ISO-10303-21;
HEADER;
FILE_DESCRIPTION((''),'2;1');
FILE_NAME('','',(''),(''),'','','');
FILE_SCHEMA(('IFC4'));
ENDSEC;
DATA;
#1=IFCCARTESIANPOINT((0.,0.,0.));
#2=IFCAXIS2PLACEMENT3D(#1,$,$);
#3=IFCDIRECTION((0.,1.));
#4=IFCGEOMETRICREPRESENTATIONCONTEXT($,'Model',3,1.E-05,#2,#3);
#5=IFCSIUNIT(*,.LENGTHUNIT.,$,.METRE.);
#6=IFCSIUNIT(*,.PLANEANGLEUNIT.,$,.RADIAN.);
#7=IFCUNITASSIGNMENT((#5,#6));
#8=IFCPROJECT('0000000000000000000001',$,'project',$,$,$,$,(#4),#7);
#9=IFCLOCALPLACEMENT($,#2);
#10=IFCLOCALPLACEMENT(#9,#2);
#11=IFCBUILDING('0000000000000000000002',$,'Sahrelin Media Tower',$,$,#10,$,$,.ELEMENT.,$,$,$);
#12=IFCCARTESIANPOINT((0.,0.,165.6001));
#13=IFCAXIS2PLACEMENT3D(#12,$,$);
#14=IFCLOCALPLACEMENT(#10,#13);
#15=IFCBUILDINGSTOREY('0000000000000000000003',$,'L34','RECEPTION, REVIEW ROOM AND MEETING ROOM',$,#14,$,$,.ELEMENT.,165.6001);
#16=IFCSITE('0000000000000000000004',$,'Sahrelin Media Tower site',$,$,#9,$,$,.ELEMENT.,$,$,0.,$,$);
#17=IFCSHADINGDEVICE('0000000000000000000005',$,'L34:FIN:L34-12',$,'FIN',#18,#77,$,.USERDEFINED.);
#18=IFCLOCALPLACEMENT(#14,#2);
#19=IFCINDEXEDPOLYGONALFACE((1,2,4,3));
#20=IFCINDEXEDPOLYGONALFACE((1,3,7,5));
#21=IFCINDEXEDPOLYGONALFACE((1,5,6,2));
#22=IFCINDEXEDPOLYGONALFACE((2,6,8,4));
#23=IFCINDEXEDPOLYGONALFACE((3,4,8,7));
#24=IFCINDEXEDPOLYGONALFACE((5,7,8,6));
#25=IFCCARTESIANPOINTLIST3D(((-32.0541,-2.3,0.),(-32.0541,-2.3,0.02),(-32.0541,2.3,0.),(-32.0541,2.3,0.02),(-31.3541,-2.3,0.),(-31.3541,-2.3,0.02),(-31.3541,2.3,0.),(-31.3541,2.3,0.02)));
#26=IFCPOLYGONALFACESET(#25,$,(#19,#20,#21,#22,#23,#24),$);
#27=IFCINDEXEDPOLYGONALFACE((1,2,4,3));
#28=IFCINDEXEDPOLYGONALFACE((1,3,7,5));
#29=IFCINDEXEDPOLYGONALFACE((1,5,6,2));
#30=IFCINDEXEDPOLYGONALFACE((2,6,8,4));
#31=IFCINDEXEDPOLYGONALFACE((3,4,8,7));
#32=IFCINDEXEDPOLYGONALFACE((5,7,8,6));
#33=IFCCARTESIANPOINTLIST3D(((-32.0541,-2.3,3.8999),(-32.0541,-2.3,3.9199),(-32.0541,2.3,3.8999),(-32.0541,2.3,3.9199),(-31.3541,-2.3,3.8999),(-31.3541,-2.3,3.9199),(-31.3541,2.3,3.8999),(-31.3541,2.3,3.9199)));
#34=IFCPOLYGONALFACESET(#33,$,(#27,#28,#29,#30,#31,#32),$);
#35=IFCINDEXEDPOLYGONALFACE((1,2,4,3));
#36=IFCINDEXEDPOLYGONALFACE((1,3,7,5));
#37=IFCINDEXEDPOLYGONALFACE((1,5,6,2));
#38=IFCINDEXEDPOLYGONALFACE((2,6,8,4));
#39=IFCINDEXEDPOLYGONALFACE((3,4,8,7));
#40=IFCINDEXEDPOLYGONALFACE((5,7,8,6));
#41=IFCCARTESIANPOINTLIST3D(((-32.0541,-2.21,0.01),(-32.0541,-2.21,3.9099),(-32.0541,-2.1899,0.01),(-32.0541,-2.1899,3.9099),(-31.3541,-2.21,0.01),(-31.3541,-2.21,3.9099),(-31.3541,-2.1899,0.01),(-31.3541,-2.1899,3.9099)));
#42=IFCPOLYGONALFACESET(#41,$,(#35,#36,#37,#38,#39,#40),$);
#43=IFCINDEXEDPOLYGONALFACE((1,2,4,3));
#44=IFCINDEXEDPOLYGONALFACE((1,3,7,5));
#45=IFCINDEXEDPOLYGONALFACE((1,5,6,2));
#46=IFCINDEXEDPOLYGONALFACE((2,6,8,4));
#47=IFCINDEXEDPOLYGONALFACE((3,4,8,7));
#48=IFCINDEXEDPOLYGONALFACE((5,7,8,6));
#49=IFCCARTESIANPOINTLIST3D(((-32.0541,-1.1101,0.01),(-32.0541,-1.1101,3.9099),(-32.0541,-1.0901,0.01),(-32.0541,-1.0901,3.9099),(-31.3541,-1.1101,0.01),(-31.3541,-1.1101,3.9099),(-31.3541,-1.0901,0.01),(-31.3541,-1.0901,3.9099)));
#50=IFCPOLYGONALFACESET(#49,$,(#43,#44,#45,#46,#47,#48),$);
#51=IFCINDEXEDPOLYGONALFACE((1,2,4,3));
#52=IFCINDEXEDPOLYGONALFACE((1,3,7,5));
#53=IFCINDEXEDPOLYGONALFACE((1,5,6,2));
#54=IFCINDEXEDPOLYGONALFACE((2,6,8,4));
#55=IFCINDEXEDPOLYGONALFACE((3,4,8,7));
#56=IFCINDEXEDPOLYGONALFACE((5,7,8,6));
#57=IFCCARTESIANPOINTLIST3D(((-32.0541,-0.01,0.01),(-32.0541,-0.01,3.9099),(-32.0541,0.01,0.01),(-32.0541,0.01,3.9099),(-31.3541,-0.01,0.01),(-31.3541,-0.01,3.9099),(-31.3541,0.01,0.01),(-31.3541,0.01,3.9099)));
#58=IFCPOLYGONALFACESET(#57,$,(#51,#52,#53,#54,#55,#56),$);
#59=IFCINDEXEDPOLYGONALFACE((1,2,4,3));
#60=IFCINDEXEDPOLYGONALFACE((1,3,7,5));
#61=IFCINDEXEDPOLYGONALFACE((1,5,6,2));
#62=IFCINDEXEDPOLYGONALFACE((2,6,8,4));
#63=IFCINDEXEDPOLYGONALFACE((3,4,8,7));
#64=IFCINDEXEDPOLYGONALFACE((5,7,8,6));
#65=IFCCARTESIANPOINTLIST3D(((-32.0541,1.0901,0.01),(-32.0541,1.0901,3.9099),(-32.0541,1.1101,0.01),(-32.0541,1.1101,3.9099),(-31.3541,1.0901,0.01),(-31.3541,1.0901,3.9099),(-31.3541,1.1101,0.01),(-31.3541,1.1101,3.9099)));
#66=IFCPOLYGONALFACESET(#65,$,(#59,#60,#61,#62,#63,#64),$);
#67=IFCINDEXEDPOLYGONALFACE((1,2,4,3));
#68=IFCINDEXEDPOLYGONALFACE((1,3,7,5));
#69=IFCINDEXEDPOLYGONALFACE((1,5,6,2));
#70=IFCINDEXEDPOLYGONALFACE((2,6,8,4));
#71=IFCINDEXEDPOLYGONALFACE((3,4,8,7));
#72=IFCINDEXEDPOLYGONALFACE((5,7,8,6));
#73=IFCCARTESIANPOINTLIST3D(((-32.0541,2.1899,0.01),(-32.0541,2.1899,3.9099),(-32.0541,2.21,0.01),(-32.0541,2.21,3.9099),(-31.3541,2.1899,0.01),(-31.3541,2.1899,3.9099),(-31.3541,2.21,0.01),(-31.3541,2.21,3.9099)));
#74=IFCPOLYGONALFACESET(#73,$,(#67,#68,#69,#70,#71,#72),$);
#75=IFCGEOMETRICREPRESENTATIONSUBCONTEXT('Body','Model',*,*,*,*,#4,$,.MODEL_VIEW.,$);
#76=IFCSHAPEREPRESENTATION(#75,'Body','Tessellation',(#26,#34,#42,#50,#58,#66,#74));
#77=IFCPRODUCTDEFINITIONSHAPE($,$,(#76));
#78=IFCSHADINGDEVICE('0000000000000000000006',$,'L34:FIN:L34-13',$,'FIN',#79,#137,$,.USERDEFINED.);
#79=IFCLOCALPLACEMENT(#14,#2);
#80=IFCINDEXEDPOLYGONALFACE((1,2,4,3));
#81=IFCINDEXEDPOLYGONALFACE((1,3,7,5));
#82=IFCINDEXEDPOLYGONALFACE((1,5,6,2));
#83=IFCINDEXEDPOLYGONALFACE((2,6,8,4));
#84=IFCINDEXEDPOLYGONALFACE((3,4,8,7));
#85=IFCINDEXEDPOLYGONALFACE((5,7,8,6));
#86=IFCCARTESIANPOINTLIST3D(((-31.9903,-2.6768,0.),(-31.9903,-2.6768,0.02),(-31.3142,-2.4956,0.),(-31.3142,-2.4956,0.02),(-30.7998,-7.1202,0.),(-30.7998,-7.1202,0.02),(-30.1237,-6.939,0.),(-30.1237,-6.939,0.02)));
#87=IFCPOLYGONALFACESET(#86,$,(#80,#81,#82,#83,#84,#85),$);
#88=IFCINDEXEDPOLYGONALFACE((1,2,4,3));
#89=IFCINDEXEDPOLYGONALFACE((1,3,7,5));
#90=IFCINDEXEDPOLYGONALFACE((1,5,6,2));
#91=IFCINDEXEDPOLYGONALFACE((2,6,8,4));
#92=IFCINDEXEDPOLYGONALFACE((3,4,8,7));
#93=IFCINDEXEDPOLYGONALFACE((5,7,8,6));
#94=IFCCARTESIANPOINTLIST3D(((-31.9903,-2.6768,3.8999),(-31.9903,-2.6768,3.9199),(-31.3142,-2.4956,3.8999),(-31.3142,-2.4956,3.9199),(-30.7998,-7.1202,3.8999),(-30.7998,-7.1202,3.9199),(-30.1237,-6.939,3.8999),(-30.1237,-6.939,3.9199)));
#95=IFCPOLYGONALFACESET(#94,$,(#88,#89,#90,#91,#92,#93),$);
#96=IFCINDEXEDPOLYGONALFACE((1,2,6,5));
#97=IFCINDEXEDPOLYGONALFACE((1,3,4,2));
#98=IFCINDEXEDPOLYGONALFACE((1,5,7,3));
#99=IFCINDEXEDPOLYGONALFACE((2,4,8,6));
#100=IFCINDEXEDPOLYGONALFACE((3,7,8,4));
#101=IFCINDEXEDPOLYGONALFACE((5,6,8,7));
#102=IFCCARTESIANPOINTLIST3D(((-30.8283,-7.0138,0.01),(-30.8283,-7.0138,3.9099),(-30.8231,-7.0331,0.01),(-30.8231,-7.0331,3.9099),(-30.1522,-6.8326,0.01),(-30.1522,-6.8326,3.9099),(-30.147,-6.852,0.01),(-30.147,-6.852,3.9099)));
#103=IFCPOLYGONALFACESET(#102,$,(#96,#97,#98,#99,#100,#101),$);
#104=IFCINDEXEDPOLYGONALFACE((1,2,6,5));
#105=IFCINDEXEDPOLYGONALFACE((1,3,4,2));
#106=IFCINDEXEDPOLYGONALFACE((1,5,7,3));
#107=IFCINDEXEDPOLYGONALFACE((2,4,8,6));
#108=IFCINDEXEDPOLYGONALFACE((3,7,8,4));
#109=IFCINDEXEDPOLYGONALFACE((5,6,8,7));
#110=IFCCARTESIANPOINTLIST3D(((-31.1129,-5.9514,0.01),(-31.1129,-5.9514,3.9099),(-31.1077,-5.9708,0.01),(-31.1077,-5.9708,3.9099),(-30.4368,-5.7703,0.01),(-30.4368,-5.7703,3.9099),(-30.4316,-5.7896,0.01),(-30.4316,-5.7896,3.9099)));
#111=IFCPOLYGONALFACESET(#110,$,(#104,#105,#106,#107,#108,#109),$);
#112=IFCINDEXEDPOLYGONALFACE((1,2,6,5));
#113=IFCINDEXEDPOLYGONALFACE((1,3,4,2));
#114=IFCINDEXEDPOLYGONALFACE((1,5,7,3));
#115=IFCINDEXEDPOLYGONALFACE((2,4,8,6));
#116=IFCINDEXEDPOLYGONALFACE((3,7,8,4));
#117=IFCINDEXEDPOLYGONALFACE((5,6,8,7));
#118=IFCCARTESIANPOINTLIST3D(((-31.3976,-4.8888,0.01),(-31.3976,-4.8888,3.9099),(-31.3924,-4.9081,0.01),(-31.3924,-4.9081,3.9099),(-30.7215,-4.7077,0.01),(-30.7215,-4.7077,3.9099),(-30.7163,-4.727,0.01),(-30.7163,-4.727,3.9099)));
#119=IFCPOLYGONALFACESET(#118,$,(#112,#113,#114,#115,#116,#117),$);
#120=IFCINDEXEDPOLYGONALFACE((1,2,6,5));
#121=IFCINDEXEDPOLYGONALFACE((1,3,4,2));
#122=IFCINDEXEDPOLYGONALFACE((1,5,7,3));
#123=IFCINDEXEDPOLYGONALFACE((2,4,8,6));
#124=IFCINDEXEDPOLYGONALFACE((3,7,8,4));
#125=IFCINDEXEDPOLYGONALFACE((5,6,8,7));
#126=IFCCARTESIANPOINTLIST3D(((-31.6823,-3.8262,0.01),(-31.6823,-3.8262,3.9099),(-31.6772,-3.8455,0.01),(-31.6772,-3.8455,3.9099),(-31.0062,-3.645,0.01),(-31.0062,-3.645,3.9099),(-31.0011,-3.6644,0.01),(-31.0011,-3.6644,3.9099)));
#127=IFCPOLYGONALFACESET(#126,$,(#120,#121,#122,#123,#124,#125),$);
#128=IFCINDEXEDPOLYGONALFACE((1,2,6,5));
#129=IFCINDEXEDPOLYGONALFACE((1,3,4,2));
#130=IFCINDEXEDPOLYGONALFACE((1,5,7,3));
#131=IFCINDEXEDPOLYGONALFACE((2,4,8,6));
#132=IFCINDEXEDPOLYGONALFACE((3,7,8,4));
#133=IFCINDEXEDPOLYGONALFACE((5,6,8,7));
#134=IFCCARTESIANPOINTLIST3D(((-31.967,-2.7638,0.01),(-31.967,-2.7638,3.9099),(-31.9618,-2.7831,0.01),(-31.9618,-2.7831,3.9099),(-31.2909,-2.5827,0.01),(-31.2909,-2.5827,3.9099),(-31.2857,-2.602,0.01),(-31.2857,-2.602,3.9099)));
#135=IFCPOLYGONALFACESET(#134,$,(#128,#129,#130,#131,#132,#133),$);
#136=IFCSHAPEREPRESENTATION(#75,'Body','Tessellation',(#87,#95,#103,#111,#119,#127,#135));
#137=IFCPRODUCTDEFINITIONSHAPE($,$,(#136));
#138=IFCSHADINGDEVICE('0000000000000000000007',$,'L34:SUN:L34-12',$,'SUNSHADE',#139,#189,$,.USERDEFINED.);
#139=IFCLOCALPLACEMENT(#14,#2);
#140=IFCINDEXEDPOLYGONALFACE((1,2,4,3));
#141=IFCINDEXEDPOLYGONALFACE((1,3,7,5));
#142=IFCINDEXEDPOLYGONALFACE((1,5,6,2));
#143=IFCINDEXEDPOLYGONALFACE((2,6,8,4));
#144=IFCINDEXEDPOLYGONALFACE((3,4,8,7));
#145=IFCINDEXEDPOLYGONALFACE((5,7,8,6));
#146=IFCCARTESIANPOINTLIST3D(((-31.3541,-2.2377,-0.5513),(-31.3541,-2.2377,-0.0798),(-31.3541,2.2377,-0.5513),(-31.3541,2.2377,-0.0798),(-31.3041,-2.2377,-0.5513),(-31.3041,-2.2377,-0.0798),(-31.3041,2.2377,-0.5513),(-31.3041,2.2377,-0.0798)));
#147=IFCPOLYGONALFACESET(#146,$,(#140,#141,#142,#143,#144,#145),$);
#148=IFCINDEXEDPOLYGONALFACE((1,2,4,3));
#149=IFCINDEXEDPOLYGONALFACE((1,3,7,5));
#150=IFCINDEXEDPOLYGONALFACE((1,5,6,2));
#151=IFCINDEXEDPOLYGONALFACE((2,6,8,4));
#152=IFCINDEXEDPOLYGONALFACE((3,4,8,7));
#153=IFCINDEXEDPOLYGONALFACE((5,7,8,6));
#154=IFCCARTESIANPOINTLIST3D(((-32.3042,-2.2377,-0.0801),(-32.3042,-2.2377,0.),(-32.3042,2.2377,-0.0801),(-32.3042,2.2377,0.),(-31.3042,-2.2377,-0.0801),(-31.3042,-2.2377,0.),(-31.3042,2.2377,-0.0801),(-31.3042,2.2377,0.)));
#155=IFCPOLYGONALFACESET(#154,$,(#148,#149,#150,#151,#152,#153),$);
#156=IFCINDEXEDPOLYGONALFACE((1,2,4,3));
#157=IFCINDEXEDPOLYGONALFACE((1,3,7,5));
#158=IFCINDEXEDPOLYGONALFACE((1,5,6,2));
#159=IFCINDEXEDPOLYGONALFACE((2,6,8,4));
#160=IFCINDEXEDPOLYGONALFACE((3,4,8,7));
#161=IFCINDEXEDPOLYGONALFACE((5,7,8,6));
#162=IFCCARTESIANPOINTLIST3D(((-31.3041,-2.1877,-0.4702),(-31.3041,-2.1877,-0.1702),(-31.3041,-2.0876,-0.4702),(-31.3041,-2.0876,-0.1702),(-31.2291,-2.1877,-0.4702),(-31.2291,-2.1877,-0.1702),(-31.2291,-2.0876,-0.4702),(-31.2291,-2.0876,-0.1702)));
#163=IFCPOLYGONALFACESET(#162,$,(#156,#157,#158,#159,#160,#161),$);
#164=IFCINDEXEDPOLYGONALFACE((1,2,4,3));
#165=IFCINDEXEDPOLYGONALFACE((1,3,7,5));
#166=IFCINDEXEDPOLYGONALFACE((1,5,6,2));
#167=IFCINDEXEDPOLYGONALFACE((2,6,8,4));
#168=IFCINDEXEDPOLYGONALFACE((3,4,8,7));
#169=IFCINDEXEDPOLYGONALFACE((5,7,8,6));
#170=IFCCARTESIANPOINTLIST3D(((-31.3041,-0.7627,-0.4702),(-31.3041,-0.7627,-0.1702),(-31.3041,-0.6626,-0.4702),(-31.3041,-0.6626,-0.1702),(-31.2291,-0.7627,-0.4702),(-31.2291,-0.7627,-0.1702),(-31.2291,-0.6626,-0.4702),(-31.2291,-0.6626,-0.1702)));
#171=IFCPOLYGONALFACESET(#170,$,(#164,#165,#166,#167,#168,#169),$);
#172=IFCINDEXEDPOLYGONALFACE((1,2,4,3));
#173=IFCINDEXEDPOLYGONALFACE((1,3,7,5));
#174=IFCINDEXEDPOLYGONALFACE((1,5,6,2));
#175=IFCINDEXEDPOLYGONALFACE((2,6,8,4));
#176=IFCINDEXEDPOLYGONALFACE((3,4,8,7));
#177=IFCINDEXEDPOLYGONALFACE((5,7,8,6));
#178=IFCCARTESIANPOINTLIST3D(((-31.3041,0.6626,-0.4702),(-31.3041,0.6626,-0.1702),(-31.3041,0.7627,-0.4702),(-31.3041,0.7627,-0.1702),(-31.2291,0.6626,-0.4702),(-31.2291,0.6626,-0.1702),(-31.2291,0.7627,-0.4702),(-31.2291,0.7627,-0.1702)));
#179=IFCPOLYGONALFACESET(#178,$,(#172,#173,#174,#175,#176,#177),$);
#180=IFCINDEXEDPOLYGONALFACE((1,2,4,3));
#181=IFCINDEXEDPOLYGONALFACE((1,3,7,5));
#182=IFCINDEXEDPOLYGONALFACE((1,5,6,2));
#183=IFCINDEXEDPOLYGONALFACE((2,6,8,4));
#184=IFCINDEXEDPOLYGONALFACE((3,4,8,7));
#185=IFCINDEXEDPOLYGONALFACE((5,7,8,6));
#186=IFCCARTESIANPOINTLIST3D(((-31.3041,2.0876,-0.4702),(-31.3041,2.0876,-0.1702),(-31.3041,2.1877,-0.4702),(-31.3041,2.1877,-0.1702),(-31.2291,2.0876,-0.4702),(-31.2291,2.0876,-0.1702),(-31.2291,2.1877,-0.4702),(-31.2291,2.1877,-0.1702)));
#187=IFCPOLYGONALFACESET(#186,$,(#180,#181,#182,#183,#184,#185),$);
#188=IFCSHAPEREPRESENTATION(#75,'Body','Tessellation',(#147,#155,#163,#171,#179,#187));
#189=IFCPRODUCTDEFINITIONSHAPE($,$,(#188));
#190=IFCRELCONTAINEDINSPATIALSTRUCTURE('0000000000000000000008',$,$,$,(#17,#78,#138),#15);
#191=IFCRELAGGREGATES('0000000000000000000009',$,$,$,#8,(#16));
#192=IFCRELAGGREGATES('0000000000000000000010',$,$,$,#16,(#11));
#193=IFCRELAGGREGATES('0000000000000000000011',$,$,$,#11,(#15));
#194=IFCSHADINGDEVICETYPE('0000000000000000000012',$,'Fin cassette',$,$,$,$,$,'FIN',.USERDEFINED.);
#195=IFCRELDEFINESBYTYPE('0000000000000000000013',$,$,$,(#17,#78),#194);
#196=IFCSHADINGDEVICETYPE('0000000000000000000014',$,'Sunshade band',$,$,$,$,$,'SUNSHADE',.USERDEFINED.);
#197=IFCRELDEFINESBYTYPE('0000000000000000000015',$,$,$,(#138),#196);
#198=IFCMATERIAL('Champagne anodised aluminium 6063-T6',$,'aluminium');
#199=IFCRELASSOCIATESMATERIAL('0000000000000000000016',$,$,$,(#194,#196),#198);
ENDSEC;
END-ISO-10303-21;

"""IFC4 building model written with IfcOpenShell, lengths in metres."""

from ifc_helpers import new_model, si_unit, direction, frame, origin, origin_2d, place, context, subcontext, project, spatial, rectangle, extrude, material, type_object, element, save


model = new_model("IFC4")

# Units and contexts
model_context = context("Model", 3, precision=1e-05, world=origin(), true_north=direction((0.0, 1.0)))
body_context = subcontext(model_context, "Body", "Model", "MODEL_VIEW")
ifc_project = project(units=[si_unit("LENGTHUNIT", "METRE"), si_unit("PLANEANGLEUNIT", "RADIAN")], contexts=[model_context])

# Site, building, storey
site_placement = place(None, origin())
site = spatial("IfcSite", under=ifc_project, at=site_placement, Name="Sahrelin Media Tower site", CompositionType="ELEMENT", RefElevation=0.0)
building_placement = place(site_placement, origin())
building = spatial("IfcBuilding", under=site, at=building_placement, Name="Sahrelin Media Tower", CompositionType="ELEMENT")
storey_placement = place(building_placement, frame((0.0, 0.0, 165.6001)))
storey = spatial("IfcBuildingStorey", under=building, at=storey_placement, Name="L34", Description="RECEPTION, REVIEW ROOM AND MEETING ROOM", CompositionType="ELEMENT", Elevation=165.6001)

# Shared definitions
ifc_material_1 = material(Name="Champagne anodised aluminium 6063-T6", Category="aluminium")

# Shading devices
shading_device_type_1 = type_object("IfcShadingDeviceType", Name="Fin cassette", ElementType="FIN", PredefinedType="USERDEFINED", material=ifc_material_1)
placement_1 = place(storey_placement, frame((-31.2842, 0.0, 0.0), z_axis=(0.0, 0.0, 1.0), x_axis=(0.0, 1.0, 0.0)))
element("IfcShadingDevice", 1, at=placement_1, inside=storey, type_object=shading_device_type_1, Name="L34:FIN:L34-12", ObjectType="FIN", PredefinedType="USERDEFINED", context=body_context, shape_type="SweptSolid", body=[
    extrude(rectangle(XDim=4.6001, YDim=0.7, at=origin_2d()), frame((0.0, 0.4199, 0.0)), (0.0, 0.0, 1.0), 0.02),
    extrude(rectangle(XDim=4.6001, YDim=0.7, at=origin_2d()), frame((0.0, 0.4199, 3.8999)), (0.0, 0.0, 1.0), 0.02),
    extrude(rectangle(XDim=0.02, YDim=0.7, at=origin_2d()), frame((-2.2, 0.4199, 0.01), z_axis=(0.0, 0.0, 1.0), x_axis=(1.0, 0.0, 0.0)), (0.0, 0.0, 1.0), 3.8999),
    extrude(rectangle(XDim=0.02, YDim=0.7, at=origin_2d()), frame((-1.1001, 0.4199, 0.01), z_axis=(0.0, 0.0, 1.0), x_axis=(1.0, 0.0, 0.0)), (0.0, 0.0, 1.0), 3.8999),
    extrude(rectangle(XDim=0.02, YDim=0.7, at=origin_2d()), frame((0.0, 0.4199, 0.01), z_axis=(0.0, 0.0, 1.0), x_axis=(1.0, 0.0, 0.0)), (0.0, 0.0, 1.0), 3.8999),
    extrude(rectangle(XDim=0.02, YDim=0.7, at=origin_2d()), frame((1.1001, 0.4199, 0.01), z_axis=(0.0, 0.0, 1.0), x_axis=(1.0, 0.0, 0.0)), (0.0, 0.0, 1.0), 3.8999),
    extrude(rectangle(XDim=0.02, YDim=0.7, at=origin_2d()), frame((2.2, 0.4199, 0.01), z_axis=(0.0, 0.0, 1.0), x_axis=(1.0, 0.0, 0.0)), (0.0, 0.0, 1.0), 3.8999),
])
placement_2 = place(storey_placement, frame((-30.6514, -4.6992, 0.0), z_axis=(0.0, 0.0, 1.0), x_axis=(-0.258808, 0.965929, 0.0)))
element("IfcShadingDevice", 2, at=placement_2, inside=storey, type_object=shading_device_type_1, Name="L34:FIN:L34-13", ObjectType="FIN", PredefinedType="USERDEFINED", context=body_context, shape_type="SweptSolid", body=[
    extrude(rectangle(XDim=4.6001, YDim=0.7, at=origin_2d()), frame((0.0, 0.4199, 0.0)), (0.0, 0.0, 1.0), 0.02),
    extrude(rectangle(XDim=4.6001, YDim=0.7, at=origin_2d()), frame((0.0, 0.4199, 3.8999)), (0.0, 0.0, 1.0), 0.02),
    extrude(rectangle(XDim=0.02, YDim=0.7, at=origin_2d()), frame((-2.2, 0.4199, 0.01), z_axis=(0.0, 0.0, 1.0), x_axis=(1.0, 0.0, 0.0)), (0.0, 0.0, 1.0), 3.8999),
    extrude(rectangle(XDim=0.02, YDim=0.7, at=origin_2d()), frame((-1.1001, 0.4199, 0.01), z_axis=(0.0, 0.0, 1.0), x_axis=(1.0, 0.0, 0.0)), (0.0, 0.0, 1.0), 3.8999),
    extrude(rectangle(XDim=0.02, YDim=0.7, at=origin_2d()), frame((0.0, 0.4199, 0.01), z_axis=(0.0, 0.0, 1.0), x_axis=(1.0, 0.0, 0.0)), (0.0, 0.0, 1.0), 3.8999),
    extrude(rectangle(XDim=0.02, YDim=0.7, at=origin_2d()), frame((1.1001, 0.4199, 0.01), z_axis=(0.0, 0.0, 1.0), x_axis=(1.0, 0.0, 0.0)), (0.0, 0.0, 1.0), 3.8999),
    extrude(rectangle(XDim=0.02, YDim=0.7, at=origin_2d()), frame((2.2, 0.4199, 0.01), z_axis=(0.0, 0.0, 1.0), x_axis=(1.0, 0.0, 0.0)), (0.0, 0.0, 1.0), 3.8999),
])
shading_device_type_2 = type_object("IfcShadingDeviceType", Name="Sunshade band", ElementType="SUNSHADE", PredefinedType="USERDEFINED", material=ifc_material_1)
element("IfcShadingDevice", 3, at=placement_1, inside=storey, type_object=shading_device_type_2, Name="L34:SUN:L34-12", ObjectType="SUNSHADE", PredefinedType="USERDEFINED", context=body_context, shape_type="SweptSolid", body=[
    extrude(rectangle(XDim=4.4753, YDim=0.05, at=origin_2d()), frame((0.0, 0.0449, -0.5513)), (0.0, 0.0, 1.0), 0.4714),
    extrude(rectangle(XDim=4.4753, YDim=1.0, at=origin_2d()), frame((0.0, 0.52, -0.0801)), (0.0, 0.0, 1.0), 0.0801),
    extrude(rectangle(XDim=0.1001, YDim=0.075, at=origin_2d()), frame((-2.1377, -0.0176, -0.4702)), (0.0, 0.0, 1.0), 0.3),
    extrude(rectangle(XDim=0.1001, YDim=0.075, at=origin_2d()), frame((-0.7126, -0.0176, -0.4702)), (0.0, 0.0, 1.0), 0.3),
    extrude(rectangle(XDim=0.1001, YDim=0.075, at=origin_2d()), frame((0.7126, -0.0176, -0.4702)), (0.0, 0.0, 1.0), 0.3),
    extrude(rectangle(XDim=0.1001, YDim=0.075, at=origin_2d()), frame((2.1377, -0.0176, -0.4702)), (0.0, 0.0, 1.0), 0.3),
])

save(model, "model.ifc")
